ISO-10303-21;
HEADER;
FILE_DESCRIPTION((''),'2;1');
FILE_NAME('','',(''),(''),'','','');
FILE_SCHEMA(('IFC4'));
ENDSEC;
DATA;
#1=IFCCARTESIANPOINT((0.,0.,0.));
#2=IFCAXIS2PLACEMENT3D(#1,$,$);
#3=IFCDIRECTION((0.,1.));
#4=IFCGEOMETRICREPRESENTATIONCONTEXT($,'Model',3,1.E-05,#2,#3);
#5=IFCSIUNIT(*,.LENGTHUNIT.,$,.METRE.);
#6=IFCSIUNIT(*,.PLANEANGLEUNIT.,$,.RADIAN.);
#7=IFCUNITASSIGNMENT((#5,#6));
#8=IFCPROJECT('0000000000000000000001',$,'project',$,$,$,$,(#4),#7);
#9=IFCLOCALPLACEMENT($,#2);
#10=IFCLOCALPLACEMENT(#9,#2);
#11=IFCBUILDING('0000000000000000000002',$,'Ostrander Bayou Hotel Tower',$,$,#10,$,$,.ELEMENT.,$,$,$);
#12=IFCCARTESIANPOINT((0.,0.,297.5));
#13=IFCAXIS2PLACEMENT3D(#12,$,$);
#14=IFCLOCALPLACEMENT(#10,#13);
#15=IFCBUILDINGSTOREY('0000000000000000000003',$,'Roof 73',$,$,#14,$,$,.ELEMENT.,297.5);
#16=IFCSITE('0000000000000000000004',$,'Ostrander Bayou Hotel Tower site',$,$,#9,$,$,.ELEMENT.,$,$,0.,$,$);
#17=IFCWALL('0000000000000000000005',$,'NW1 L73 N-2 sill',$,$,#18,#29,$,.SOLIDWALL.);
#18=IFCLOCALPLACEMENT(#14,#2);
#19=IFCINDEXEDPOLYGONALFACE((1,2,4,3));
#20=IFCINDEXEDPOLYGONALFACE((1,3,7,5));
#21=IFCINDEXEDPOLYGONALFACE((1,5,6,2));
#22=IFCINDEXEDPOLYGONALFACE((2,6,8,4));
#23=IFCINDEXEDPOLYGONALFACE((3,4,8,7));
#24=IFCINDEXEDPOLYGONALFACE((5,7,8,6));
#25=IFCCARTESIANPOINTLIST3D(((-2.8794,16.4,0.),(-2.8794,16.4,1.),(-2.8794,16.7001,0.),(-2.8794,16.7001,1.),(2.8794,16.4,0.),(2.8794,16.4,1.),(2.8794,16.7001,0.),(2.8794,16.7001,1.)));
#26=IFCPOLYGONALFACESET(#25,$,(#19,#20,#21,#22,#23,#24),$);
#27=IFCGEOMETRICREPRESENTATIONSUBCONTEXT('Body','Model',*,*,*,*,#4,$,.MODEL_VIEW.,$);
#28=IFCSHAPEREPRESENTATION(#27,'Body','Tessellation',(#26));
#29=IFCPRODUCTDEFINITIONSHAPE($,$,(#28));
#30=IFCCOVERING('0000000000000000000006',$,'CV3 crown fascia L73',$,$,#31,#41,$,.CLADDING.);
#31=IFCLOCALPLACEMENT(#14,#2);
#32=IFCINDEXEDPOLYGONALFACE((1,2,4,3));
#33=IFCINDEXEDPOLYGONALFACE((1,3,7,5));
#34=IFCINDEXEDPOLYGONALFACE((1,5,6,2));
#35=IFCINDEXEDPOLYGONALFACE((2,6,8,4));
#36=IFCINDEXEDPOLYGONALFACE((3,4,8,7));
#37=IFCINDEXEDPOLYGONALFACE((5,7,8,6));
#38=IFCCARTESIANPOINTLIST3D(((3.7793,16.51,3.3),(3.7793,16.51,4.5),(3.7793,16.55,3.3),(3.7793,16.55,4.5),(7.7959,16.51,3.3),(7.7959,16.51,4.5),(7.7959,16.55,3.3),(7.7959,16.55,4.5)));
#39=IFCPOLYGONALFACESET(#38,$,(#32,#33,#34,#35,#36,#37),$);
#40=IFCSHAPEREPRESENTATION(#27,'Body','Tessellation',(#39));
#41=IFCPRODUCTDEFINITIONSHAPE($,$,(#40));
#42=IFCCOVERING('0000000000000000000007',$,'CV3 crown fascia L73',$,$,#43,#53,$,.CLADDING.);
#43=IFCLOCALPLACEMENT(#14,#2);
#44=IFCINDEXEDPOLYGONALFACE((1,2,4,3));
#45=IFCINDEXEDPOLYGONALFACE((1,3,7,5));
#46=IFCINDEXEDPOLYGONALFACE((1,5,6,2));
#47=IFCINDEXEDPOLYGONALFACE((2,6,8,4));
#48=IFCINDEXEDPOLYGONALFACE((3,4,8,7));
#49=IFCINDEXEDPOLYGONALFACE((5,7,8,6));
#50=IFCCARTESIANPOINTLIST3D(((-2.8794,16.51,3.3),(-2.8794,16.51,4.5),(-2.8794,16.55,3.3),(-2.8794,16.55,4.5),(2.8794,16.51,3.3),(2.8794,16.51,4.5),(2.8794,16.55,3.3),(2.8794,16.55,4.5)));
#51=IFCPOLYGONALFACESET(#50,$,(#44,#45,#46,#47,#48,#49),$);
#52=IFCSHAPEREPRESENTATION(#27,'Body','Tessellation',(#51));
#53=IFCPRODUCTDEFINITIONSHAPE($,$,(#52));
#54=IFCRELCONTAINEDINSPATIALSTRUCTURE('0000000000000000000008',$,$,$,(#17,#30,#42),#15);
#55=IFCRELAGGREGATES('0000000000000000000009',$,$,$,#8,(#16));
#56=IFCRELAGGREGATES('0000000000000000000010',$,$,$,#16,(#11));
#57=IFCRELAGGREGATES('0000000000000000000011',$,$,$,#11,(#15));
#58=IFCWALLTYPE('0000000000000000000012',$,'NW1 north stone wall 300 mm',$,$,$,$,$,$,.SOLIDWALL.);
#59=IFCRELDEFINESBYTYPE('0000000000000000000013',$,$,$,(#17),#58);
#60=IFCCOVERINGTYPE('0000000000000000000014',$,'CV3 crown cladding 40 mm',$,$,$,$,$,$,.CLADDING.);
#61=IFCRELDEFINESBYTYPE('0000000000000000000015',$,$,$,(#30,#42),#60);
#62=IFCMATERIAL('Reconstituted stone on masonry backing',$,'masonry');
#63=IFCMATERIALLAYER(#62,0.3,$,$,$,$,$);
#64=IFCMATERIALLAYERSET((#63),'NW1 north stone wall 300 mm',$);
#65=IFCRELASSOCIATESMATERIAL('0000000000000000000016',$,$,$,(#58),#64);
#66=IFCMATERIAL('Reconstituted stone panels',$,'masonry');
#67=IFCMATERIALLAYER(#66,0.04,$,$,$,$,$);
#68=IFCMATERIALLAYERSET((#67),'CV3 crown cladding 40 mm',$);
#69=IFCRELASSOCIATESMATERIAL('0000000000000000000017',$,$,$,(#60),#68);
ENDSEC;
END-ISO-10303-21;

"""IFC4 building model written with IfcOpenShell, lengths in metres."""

from ifc_helpers import new_model, si_unit, direction, frame, frame_2d, origin, place, context, subcontext, project, spatial, polyline, rectangle, outline, extrude, material, layer, layer_set, type_object, element, save


model = new_model("IFC4")

# Units and contexts
model_context = context("Model", 3, precision=1e-05, world=origin(), true_north=direction((0.0, 1.0)))
body_context = subcontext(model_context, "Body", "Model", "MODEL_VIEW")
ifc_project = project(units=[si_unit("LENGTHUNIT", "METRE"), si_unit("PLANEANGLEUNIT", "RADIAN")], contexts=[model_context])

# Site, building, storey
site_placement = place(None, origin())
site = spatial("IfcSite", under=ifc_project, at=site_placement, Name="Ostrander Bayou Hotel Tower site", CompositionType="ELEMENT", RefElevation=0.0)
building_placement = place(site_placement, origin())
building = spatial("IfcBuilding", under=site, at=building_placement, Name="Ostrander Bayou Hotel Tower", CompositionType="ELEMENT")
storey_placement = place(building_placement, frame((0.0, 0.0, 297.5)))
storey = spatial("IfcBuildingStorey", under=building, at=storey_placement, Name="Roof 73", CompositionType="ELEMENT", Elevation=297.5)

# Wall
ifc_material_1 = material(Name="Reconstituted stone on masonry backing", Category="masonry")
ifc_layer_1 = layer(ifc_material_1, 0.3)
ifc_layer_set_1 = layer_set([ifc_layer_1], Name="NW1 north stone wall 300 mm")
wall_type = type_object("IfcWallType", Name="NW1 north stone wall 300 mm", PredefinedType="SOLIDWALL", material=ifc_layer_set_1)
wall_1_placement = place(storey_placement, frame((2.8794, 16.55, 0.0), z_axis=(0.0, 0.0, 1.0), x_axis=(-1.0, 0.0, 0.0)))
element("IfcWall", 1, at=wall_1_placement, inside=storey, type_object=wall_type, Name="NW1 L73 N-2 sill", PredefinedType="SOLIDWALL", context=body_context, shape_type="SweptSolid", body=[
    extrude(rectangle(XDim=5.7588, YDim=0.3, at=frame_2d((2.8794, 0.0))), origin(), (0.0, 0.0, 1.0), 1.0),
])

# Coverings
ifc_material_2 = material(Name="Reconstituted stone panels", Category="masonry")
ifc_layer_2 = layer(ifc_material_2, 0.04)
ifc_layer_set_2 = layer_set([ifc_layer_2], Name="CV3 crown cladding 40 mm")
covering_type = type_object("IfcCoveringType", Name="CV3 crown cladding 40 mm", PredefinedType="CLADDING", material=ifc_layer_set_2)
covering_1_placement = place(storey_placement, frame((7.7959, 16.55, 3.3), z_axis=(0.0, 1.0, 0.0), x_axis=(-1.0, 0.0, 0.0)))
element("IfcCovering", 2, at=covering_1_placement, inside=storey, type_object=covering_type, Name="CV3 crown fascia L73", PredefinedType="CLADDING", context=body_context, shape_type="SweptSolid", body=[
    extrude(outline(polyline([(0.0, 0.0), (4.0166, 0.0), (4.0166, 1.2), (0.0, 1.2), (0.0, 0.0)])), origin(), (0.0, 0.0, -1.0), 0.04),
])
covering_2_placement = place(storey_placement, frame((2.8794, 16.55, 3.3), z_axis=(0.0, 1.0, 0.0), x_axis=(-1.0, 0.0, 0.0)))
element("IfcCovering", 3, at=covering_2_placement, inside=storey, type_object=covering_type, Name="CV3 crown fascia L73", PredefinedType="CLADDING", context=body_context, shape_type="SweptSolid", body=[
    extrude(outline(polyline([(0.0, 0.0), (5.7588, 0.0), (5.7588, 1.2), (0.0, 1.2), (0.0, 0.0)])), origin(), (0.0, 0.0, -1.0), 0.04),
])

save(model, "model.ifc")
